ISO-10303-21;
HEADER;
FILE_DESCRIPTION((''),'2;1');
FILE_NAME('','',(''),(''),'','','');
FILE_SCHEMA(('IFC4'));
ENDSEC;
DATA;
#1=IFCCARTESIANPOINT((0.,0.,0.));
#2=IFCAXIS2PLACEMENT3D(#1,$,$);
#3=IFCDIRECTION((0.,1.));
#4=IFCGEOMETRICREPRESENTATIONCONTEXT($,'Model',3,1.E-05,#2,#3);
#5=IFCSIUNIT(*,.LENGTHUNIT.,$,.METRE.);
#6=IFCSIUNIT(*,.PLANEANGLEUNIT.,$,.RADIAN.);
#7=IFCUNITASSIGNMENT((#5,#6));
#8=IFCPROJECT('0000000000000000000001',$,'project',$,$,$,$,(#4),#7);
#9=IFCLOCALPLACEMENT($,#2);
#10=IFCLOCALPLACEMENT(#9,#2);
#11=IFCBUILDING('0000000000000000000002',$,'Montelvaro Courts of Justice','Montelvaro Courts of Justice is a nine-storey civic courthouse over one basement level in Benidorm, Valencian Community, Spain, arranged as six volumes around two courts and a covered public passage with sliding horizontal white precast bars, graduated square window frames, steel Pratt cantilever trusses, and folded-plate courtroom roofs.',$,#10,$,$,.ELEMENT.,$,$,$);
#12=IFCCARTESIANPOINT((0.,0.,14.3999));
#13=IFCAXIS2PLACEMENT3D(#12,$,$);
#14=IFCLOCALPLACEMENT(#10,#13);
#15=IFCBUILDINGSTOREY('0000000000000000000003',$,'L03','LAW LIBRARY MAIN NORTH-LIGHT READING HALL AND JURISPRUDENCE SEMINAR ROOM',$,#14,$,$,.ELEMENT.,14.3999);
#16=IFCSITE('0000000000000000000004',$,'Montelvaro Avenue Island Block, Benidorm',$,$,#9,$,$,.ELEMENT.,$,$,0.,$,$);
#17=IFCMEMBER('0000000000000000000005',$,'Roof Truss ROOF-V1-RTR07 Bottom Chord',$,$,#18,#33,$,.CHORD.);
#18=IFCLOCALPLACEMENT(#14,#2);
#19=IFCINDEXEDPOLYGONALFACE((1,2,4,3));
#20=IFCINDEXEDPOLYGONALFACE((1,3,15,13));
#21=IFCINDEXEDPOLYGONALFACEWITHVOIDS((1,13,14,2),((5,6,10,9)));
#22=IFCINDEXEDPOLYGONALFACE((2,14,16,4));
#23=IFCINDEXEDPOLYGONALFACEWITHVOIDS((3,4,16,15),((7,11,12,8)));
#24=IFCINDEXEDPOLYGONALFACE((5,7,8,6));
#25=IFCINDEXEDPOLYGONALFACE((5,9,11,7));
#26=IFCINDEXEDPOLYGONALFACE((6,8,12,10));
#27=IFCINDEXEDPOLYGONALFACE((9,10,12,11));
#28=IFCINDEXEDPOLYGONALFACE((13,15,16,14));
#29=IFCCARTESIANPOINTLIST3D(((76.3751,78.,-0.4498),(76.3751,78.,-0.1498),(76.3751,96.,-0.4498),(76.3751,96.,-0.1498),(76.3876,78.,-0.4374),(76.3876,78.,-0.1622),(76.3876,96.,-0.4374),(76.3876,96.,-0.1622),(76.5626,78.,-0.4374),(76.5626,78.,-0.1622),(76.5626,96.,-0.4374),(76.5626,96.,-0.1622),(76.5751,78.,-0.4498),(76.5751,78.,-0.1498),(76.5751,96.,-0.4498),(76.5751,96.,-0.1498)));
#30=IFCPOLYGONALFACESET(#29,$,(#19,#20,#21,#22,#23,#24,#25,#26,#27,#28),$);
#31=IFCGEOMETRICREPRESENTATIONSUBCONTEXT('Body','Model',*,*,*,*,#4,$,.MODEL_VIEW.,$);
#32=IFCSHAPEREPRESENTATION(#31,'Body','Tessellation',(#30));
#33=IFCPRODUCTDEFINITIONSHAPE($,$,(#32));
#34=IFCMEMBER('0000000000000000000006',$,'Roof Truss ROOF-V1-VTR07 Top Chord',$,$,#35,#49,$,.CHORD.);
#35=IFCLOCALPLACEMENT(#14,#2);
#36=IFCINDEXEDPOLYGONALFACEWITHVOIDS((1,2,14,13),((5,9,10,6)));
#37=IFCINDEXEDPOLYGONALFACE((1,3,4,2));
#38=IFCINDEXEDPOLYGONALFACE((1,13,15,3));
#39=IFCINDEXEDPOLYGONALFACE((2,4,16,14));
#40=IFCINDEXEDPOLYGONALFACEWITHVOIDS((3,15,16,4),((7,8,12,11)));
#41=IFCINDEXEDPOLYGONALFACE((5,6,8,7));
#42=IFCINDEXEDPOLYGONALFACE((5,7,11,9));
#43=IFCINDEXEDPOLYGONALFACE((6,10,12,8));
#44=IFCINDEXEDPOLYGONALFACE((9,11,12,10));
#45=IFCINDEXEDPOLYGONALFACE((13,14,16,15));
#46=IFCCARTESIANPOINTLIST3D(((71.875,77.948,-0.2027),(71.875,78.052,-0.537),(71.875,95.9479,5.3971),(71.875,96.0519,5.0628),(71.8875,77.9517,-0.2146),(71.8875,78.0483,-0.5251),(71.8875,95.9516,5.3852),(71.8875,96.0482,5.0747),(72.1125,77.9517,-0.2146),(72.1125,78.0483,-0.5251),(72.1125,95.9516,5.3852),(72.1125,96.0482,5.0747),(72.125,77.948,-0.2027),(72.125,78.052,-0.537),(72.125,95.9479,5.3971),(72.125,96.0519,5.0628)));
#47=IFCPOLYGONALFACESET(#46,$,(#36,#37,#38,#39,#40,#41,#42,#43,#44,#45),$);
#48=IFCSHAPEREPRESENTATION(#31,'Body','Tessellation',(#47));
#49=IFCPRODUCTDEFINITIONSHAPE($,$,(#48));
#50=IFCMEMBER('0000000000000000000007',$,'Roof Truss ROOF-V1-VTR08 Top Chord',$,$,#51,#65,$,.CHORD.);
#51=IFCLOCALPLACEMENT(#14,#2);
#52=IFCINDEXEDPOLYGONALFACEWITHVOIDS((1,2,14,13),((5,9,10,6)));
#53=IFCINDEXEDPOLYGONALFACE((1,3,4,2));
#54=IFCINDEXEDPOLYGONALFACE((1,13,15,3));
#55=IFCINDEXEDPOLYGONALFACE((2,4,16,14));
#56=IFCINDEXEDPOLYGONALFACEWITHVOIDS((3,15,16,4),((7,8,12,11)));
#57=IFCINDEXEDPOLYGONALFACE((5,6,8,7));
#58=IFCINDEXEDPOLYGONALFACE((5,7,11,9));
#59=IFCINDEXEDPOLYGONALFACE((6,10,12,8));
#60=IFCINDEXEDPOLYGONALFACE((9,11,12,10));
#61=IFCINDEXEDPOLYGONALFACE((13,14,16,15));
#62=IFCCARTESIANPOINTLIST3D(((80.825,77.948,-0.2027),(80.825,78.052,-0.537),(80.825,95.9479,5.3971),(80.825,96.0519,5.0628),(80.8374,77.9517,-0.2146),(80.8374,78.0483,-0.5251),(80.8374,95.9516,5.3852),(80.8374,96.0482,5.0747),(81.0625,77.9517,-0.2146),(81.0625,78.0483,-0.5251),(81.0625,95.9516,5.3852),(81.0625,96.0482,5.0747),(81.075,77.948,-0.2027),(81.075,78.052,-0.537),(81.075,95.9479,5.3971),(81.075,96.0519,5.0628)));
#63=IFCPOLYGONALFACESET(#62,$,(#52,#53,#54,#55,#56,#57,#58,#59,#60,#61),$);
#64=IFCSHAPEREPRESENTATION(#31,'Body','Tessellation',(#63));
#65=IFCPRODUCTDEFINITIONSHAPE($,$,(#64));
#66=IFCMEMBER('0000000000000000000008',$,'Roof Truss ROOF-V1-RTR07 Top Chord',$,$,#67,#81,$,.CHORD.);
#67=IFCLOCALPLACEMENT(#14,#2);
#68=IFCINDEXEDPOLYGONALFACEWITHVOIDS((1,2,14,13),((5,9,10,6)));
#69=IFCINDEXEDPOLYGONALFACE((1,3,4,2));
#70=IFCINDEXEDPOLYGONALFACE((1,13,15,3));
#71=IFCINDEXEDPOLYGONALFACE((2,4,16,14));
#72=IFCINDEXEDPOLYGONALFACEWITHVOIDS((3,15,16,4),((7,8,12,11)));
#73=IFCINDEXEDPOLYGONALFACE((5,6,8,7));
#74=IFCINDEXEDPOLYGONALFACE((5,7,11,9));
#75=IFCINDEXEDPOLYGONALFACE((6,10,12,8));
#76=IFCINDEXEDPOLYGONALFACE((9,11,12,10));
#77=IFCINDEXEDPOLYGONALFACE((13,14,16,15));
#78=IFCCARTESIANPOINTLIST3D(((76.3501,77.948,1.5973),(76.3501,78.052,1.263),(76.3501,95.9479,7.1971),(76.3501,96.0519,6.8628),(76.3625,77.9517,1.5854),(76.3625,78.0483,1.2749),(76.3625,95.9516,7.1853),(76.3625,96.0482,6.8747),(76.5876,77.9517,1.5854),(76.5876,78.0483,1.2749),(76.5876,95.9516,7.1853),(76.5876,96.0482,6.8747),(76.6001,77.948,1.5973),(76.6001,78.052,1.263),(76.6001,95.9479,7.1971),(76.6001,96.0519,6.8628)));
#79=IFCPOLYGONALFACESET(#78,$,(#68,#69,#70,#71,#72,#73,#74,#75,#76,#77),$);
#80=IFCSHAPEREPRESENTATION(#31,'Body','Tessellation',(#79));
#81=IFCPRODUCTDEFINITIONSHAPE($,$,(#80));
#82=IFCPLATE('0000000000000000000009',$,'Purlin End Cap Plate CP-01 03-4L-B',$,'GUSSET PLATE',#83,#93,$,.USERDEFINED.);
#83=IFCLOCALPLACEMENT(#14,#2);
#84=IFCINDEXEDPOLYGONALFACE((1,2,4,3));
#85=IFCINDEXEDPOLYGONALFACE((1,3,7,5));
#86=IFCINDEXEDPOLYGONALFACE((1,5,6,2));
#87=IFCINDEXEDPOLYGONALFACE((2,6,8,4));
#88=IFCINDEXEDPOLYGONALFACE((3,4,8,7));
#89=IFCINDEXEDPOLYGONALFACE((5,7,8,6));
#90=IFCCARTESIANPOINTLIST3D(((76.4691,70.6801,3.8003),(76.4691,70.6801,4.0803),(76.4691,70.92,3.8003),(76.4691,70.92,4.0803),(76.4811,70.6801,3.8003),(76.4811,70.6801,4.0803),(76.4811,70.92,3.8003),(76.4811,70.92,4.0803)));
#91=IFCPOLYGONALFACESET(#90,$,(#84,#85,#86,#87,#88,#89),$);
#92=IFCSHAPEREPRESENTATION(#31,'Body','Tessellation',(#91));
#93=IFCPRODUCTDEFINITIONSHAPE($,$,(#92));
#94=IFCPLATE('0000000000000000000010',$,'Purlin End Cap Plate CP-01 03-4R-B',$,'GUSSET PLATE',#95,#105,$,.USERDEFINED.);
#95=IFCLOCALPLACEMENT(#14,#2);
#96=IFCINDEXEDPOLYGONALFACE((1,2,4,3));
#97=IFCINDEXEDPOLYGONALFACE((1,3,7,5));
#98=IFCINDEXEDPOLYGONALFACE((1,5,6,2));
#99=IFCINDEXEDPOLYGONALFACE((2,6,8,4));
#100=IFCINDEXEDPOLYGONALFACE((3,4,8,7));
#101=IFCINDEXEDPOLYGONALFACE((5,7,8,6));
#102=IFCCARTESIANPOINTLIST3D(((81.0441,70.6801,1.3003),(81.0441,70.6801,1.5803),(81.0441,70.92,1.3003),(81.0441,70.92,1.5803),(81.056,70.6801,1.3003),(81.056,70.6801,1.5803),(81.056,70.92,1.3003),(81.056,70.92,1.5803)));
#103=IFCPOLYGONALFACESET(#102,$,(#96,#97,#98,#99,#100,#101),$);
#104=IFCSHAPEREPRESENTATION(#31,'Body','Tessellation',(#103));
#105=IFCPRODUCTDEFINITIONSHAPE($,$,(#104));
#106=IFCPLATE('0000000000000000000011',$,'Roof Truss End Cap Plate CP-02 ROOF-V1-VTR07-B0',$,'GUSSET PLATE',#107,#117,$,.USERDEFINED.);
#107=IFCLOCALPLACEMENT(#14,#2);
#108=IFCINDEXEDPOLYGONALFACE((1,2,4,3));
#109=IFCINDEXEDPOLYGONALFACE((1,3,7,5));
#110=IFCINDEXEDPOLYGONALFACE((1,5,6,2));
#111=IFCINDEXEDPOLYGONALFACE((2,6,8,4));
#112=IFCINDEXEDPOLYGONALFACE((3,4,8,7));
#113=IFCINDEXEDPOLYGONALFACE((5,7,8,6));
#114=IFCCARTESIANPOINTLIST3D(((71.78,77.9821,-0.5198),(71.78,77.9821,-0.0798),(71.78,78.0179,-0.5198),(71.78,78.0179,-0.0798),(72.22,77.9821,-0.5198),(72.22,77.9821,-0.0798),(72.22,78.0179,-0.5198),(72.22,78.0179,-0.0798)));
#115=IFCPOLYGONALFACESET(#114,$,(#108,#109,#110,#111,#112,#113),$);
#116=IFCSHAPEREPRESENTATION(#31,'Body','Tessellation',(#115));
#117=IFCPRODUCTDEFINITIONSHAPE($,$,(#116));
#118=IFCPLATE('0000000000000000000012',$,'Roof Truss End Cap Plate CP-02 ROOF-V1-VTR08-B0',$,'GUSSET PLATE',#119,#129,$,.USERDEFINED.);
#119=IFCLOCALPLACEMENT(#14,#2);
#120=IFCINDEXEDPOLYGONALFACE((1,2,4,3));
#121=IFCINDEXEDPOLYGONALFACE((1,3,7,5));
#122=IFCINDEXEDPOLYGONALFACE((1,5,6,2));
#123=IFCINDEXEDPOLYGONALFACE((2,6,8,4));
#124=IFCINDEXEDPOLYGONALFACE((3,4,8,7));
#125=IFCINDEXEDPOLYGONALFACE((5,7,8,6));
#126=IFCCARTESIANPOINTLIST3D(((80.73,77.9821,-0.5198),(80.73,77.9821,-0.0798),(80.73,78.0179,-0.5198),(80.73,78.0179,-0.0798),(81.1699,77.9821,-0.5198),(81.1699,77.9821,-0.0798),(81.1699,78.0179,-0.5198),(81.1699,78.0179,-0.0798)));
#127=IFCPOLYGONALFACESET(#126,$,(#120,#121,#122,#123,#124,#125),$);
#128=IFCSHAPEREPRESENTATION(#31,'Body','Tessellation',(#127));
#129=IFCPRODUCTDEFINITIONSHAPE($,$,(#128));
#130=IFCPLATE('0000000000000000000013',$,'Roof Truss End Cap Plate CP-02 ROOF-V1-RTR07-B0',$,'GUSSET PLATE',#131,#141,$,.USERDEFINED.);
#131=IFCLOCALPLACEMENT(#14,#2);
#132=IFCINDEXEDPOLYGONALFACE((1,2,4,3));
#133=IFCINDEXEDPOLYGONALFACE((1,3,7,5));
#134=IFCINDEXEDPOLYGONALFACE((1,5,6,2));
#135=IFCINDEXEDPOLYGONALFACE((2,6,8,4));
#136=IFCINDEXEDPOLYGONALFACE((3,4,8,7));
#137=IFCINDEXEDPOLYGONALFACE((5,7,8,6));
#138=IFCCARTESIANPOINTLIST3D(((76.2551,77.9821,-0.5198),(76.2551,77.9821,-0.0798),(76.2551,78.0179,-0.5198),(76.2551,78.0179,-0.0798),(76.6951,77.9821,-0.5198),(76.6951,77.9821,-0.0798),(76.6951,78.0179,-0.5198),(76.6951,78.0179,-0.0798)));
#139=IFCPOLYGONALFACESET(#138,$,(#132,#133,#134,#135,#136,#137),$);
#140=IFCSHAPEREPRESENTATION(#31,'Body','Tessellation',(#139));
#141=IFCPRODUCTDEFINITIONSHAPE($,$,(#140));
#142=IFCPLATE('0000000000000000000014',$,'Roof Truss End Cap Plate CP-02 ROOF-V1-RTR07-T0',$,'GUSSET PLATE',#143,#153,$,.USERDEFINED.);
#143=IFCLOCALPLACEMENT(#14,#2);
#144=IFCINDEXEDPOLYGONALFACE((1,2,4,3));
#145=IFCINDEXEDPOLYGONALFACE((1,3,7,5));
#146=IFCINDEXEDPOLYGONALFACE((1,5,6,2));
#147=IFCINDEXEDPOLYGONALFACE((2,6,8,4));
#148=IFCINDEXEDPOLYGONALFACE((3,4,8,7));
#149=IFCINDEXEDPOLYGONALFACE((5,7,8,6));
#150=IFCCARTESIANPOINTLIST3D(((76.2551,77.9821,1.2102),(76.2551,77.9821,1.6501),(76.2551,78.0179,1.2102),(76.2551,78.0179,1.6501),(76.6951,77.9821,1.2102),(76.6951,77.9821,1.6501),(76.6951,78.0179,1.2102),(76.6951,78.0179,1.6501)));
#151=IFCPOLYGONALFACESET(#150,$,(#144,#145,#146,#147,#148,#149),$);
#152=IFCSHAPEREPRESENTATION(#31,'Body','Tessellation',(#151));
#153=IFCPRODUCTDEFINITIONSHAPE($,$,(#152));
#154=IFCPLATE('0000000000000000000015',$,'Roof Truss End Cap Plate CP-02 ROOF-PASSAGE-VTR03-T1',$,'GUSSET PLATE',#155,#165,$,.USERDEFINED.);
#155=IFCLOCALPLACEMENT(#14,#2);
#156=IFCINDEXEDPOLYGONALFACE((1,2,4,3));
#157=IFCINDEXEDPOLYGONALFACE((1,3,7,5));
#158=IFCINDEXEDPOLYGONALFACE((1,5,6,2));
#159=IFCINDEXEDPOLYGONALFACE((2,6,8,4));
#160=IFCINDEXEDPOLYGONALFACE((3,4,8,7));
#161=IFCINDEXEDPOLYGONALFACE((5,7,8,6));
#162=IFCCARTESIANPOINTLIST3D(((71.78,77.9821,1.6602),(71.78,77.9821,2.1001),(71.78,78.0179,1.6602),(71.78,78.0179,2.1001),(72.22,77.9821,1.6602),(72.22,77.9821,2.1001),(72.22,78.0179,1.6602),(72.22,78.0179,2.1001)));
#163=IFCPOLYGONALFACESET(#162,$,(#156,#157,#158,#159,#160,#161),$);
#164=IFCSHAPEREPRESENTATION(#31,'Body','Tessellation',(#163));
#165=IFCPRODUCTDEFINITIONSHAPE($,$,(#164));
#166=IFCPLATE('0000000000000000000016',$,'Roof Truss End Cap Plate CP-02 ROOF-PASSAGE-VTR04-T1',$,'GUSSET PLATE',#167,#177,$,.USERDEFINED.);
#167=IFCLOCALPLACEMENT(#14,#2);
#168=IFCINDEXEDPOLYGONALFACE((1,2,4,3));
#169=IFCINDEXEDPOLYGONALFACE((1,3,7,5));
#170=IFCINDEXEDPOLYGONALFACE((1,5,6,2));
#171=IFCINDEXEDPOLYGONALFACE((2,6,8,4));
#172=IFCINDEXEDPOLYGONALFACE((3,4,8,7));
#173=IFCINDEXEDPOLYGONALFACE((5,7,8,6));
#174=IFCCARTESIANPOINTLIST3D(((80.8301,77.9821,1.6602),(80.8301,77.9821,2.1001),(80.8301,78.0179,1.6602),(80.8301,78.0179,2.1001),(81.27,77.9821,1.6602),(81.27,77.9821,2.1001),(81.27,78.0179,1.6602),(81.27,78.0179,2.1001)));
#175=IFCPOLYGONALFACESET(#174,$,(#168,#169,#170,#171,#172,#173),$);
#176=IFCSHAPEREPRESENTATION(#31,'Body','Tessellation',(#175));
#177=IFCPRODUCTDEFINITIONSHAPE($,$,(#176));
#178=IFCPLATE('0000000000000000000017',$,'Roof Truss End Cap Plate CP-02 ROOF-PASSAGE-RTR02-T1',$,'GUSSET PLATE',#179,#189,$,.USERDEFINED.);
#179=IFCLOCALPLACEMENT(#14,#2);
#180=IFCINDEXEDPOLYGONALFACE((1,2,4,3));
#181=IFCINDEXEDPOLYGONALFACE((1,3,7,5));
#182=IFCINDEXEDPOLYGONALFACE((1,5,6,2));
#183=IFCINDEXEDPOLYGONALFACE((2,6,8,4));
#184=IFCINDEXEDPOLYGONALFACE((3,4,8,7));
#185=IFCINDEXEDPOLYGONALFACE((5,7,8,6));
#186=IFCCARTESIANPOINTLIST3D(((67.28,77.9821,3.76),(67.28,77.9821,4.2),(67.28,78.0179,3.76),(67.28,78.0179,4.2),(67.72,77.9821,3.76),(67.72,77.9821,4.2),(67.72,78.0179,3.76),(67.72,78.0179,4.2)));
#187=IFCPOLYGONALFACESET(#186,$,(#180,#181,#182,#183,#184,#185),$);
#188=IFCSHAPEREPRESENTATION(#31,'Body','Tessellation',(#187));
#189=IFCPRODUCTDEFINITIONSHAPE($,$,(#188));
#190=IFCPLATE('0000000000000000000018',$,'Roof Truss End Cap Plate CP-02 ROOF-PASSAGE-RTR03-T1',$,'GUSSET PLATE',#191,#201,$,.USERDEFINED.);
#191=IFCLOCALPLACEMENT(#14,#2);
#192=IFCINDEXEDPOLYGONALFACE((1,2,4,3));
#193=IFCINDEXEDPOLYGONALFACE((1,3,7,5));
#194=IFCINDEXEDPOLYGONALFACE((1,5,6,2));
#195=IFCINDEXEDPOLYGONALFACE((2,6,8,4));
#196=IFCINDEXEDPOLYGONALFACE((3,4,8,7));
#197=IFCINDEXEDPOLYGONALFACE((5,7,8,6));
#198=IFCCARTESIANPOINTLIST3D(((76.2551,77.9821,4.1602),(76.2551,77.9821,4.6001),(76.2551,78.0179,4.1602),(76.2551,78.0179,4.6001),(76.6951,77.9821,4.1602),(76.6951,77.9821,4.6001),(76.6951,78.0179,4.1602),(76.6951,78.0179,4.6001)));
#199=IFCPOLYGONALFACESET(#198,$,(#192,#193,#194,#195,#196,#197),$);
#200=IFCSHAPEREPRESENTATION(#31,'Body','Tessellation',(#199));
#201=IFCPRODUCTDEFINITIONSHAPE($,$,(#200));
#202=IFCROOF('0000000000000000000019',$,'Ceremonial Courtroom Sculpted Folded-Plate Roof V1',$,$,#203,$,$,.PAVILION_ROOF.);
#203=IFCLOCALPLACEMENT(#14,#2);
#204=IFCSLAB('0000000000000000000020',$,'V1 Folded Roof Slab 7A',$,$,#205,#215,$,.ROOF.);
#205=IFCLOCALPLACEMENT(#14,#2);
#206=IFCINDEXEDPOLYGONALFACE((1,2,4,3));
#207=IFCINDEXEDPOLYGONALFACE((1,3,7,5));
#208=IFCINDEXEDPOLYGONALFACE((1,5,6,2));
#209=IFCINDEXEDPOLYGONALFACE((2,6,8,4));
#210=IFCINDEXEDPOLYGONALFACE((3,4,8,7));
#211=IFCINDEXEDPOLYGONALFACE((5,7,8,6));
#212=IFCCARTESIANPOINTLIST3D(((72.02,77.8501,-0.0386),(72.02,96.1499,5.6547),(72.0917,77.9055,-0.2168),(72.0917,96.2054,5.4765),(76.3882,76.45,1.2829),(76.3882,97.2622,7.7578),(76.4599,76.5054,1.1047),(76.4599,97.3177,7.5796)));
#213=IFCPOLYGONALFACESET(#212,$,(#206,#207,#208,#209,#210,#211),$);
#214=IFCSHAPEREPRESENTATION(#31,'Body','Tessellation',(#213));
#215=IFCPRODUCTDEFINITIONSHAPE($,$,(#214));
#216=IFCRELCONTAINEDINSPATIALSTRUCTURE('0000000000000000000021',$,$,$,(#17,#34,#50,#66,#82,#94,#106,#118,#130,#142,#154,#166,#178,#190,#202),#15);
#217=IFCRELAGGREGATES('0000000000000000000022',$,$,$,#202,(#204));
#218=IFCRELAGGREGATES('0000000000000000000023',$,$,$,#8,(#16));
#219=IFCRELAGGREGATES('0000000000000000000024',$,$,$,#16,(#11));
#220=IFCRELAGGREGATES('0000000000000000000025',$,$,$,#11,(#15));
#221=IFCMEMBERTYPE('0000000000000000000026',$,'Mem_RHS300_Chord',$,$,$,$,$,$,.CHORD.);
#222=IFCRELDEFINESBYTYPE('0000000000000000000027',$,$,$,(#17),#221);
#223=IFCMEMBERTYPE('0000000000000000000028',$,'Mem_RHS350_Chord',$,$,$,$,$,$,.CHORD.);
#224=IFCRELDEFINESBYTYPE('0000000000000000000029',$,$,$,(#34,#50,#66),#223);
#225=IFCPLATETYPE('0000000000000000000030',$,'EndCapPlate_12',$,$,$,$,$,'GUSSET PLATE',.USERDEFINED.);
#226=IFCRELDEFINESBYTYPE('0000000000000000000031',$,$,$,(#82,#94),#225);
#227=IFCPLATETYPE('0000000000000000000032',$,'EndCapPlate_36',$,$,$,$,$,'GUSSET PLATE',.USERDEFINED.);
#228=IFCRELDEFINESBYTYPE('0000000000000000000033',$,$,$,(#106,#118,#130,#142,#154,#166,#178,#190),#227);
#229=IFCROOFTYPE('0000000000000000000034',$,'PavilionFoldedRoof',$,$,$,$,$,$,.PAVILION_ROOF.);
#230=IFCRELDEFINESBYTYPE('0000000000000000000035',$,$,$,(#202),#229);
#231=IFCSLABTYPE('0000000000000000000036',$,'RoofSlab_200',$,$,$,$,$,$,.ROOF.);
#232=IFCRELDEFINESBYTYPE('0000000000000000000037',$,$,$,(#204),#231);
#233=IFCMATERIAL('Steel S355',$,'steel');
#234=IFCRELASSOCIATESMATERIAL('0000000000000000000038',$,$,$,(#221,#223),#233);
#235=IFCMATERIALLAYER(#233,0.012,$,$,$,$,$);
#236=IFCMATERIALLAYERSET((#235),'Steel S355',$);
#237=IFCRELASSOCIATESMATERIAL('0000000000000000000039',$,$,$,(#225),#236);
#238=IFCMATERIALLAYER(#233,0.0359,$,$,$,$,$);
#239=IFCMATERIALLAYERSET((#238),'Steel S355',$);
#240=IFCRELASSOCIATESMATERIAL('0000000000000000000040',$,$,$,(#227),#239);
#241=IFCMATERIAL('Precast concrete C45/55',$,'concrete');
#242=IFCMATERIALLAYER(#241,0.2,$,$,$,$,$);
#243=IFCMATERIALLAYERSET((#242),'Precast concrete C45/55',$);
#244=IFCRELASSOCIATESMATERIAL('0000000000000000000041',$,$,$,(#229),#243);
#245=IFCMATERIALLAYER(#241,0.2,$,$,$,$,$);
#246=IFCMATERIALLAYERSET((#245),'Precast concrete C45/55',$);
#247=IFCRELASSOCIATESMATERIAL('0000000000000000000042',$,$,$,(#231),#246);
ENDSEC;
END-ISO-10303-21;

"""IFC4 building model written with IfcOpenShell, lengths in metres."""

from ifc_helpers import new_model, si_unit, direction, frame, origin, origin_2d, place, context, subcontext, project, spatial, polyline, rectangle, hollow_rectangle, outline, extrude, material, layer, layer_set, material_profile, profile_set, type_object, element, aggregate, save


model = new_model("IFC4")

# Units and contexts
model_context = context("Model", 3, precision=1e-05, world=origin(), true_north=direction((0.0, 1.0)))
body_context = subcontext(model_context, "Body", "Model", "MODEL_VIEW")
ifc_project = project(units=[si_unit("LENGTHUNIT", "METRE"), si_unit("PLANEANGLEUNIT", "RADIAN")], contexts=[model_context])

# Site, building, storey
site_placement = place(None, origin())
site = spatial("IfcSite", under=ifc_project, at=site_placement, Name="Montelvaro Avenue Island Block, Benidorm", CompositionType="ELEMENT", RefElevation=0.0)
building_placement = place(site_placement, origin())
building = spatial("IfcBuilding", under=site, at=building_placement, Name="Montelvaro Courts of Justice", Description="Montelvaro Courts of Justice is a nine-storey civic courthouse over one basement level in Benidorm, Valencian Community, Spain, arranged as six volumes around two courts and a covered public passage with sliding horizontal white precast bars, graduated square window frames, steel Pratt cantilever trusses, and folded-plate courtroom roofs.", CompositionType="ELEMENT")
storey_placement = place(building_placement, frame((0.0, 0.0, 14.3999)))
storey = spatial("IfcBuildingStorey", under=building, at=storey_placement, Name="L03", Description="LAW LIBRARY MAIN NORTH-LIGHT READING HALL AND JURISPRUDENCE SEMINAR ROOM", CompositionType="ELEMENT", Elevation=14.3999)

# Members
ifc_material_1 = material(Name="Steel S355", Category="steel")
ifc_material_profile_1 = material_profile(ifc_material_1, hollow_rectangle(XDim=0.2, YDim=0.3, WallThickness=0.0125, at=origin_2d()), Name="RHS 300x200x12.5")
ifc_profile_set_1 = profile_set([ifc_material_profile_1], Name="Steel S355")
member_type_1 = type_object("IfcMemberType", Name="Mem_RHS300_Chord", PredefinedType="CHORD", material=ifc_profile_set_1)
for number, where, z_axis, x_axis, name in (
    (1, (76.4751, 78.0, -0.2998), (0.0, 1.0, 0.0), (-1.0, 0.0, 0.0), "Roof Truss ROOF-V1-RTR07 Bottom Chord"),
):
    element("IfcMember", number, at=place(storey_placement, frame(where, z_axis=z_axis, x_axis=x_axis)), inside=storey, type_object=member_type_1, Name=name, PredefinedType="CHORD", context=body_context, shape_type="SweptSolid", body=[
        extrude(hollow_rectangle(XDim=0.2, YDim=0.3, WallThickness=0.0125, at=origin_2d()), origin(), (0.0, 0.0, 1.0), 18.0),
    ])
ifc_material_profile_2 = material_profile(ifc_material_1, hollow_rectangle(XDim=0.25, YDim=0.3501, WallThickness=0.0125, at=origin_2d()), Name="RHS 350x250x12.5")
ifc_profile_set_2 = profile_set([ifc_material_profile_2], Name="Steel S355")
member_type_2 = type_object("IfcMemberType", Name="Mem_RHS350_Chord", PredefinedType="CHORD", material=ifc_profile_set_2)
for number, where, z_axis, x_axis, name in (
    (2, (72.0, 78.0, -0.3699), (0.0, 0.954859, 0.297059), (-1.0, 0.0, 0.0), "Roof Truss ROOF-V1-VTR07 Top Chord"),
    (3, (80.95, 78.0, -0.3699), (0.0, 0.954859, 0.297059), (-1.0, 0.0, 0.0), "Roof Truss ROOF-V1-VTR08 Top Chord"),
    (4, (76.4751, 78.0, 1.4302), (0.0, 0.954859, 0.297059), (-1.0, 0.0, 0.0), "Roof Truss ROOF-V1-RTR07 Top Chord"),
):
    element("IfcMember", number, at=place(storey_placement, frame(where, z_axis=z_axis, x_axis=x_axis)), inside=storey, type_object=member_type_2, Name=name, PredefinedType="CHORD", context=body_context, shape_type="SweptSolid", body=[
        extrude(hollow_rectangle(XDim=0.25, YDim=0.3501, WallThickness=0.0125, at=origin_2d()), origin(), (0.0, 0.0, 1.0), 18.8508),
    ])

# Plates
ifc_layer_1 = layer(ifc_material_1, 0.012)
ifc_layer_set_1 = layer_set([ifc_layer_1], Name="Steel S355")
plate_type_1 = type_object("IfcPlateType", Name="EndCapPlate_12", ElementType="GUSSET PLATE", PredefinedType="USERDEFINED", material=ifc_layer_set_1)
for number, where, z_axis, x_axis, name in (
    (5, (76.4751, 70.8, 3.8003), (0.0, 0.0, 1.0), (1.0, 0.0, 0.0), "Purlin End Cap Plate CP-01 03-4L-B"),
    (6, (81.05, 70.8, 1.3003), (0.0, 0.0, 1.0), (1.0, 0.0, 0.0), "Purlin End Cap Plate CP-01 03-4R-B"),
):
    element("IfcPlate", number, at=place(storey_placement, frame(where, z_axis=z_axis, x_axis=x_axis)), inside=storey, type_object=plate_type_1, Name=name, ObjectType="GUSSET PLATE", PredefinedType="USERDEFINED", context=body_context, shape_type="SweptSolid", body=[
        extrude(rectangle(XDim=0.012, YDim=0.24, at=origin_2d()), origin(), (0.0, 0.0, 1.0), 0.28),
    ])
ifc_layer_2 = layer(ifc_material_1, 0.0359)
ifc_layer_set_2 = layer_set([ifc_layer_2], Name="Steel S355")
plate_type_2 = type_object("IfcPlateType", Name="EndCapPlate_36", ElementType="GUSSET PLATE", PredefinedType="USERDEFINED", material=ifc_layer_set_2)
for number, where, z_axis, x_axis, name in (
    (7, (72.0, 78.0, -0.5198), (0.0, 0.0, 1.0), (1.0, 0.0, 0.0), "Roof Truss End Cap Plate CP-02 ROOF-V1-VTR07-B0"),
    (8, (80.95, 78.0, -0.5198), (0.0, 0.0, 1.0), (1.0, 0.0, 0.0), "Roof Truss End Cap Plate CP-02 ROOF-V1-VTR08-B0"),
    (9, (76.4751, 78.0, -0.5198), (0.0, 0.0, 1.0), (1.0, 0.0, 0.0), "Roof Truss End Cap Plate CP-02 ROOF-V1-RTR07-B0"),
    (10, (76.4751, 78.0, 1.2102), (0.0, 0.0, 1.0), (1.0, 0.0, 0.0), "Roof Truss End Cap Plate CP-02 ROOF-V1-RTR07-T0"),
    (11, (72.0, 78.0, 1.6602), (0.0, 0.0, 1.0), (1.0, 0.0, 0.0), "Roof Truss End Cap Plate CP-02 ROOF-PASSAGE-VTR03-T1"),
    (12, (81.05, 78.0, 1.6602), (0.0, 0.0, 1.0), (1.0, 0.0, 0.0), "Roof Truss End Cap Plate CP-02 ROOF-PASSAGE-VTR04-T1"),
    (13, (67.5, 78.0, 3.76), (0.0, 0.0, 1.0), (1.0, 0.0, 0.0), "Roof Truss End Cap Plate CP-02 ROOF-PASSAGE-RTR02-T1"),
    (14, (76.4751, 78.0, 4.1602), (0.0, 0.0, 1.0), (1.0, 0.0, 0.0), "Roof Truss End Cap Plate CP-02 ROOF-PASSAGE-RTR03-T1"),
):
    element("IfcPlate", number, at=place(storey_placement, frame(where, z_axis=z_axis, x_axis=x_axis)), inside=storey, type_object=plate_type_2, Name=name, ObjectType="GUSSET PLATE", PredefinedType="USERDEFINED", context=body_context, shape_type="SweptSolid", body=[
        extrude(rectangle(XDim=0.4399, YDim=0.0359, at=origin_2d()), origin(), (0.0, 0.0, 1.0), 0.4399),
    ])

# Roof, slab
ifc_material_2 = material(Name="Precast concrete C45/55", Category="concrete")
ifc_layer_3 = layer(ifc_material_2, 0.2)
ifc_layer_set_3 = layer_set([ifc_layer_3], Name="Precast concrete C45/55")
roof_type = type_object("IfcRoofType", Name="PavilionFoldedRoof", PredefinedType="PAVILION_ROOF", material=ifc_layer_set_3)
roof_placement = place(storey_placement, origin())
roof = element("IfcRoof", 15, at=roof_placement, inside=storey, type_object=roof_type, Name="Ceremonial Courtroom Sculpted Folded-Plate Roof V1", PredefinedType="PAVILION_ROOF")
ifc_layer_4 = layer(ifc_material_2, 0.2)
ifc_layer_set_4 = layer_set([ifc_layer_4], Name="Precast concrete C45/55")
slab_type = type_object("IfcSlabType", Name="RoofSlab_200", PredefinedType="ROOF", material=ifc_layer_set_4)
slab_1_placement = place(storey_placement, frame((72.02, 77.8501, -0.0386), z_axis=(-0.358546, -0.277316, 0.89137), x_axis=(0.915063, -0.293303, 0.276826)))
slab_1 = element("IfcSlab", 16, at=slab_1_placement, type_object=slab_type, Name="V1 Folded Roof Slab 7A", PredefinedType="ROOF", context=body_context, shape_type="SweptSolid", body=[
    extrude(outline(polyline([(0.0, 0.0), (4.7736, 0.0), (0.4618, 21.3654), (-3.7913, 18.7862), (0.0, 0.0)])), origin(), (0.0, 0.0, -1.0), 0.2),
])
aggregate(roof, [slab_1])

save(model, "model.ifc")
